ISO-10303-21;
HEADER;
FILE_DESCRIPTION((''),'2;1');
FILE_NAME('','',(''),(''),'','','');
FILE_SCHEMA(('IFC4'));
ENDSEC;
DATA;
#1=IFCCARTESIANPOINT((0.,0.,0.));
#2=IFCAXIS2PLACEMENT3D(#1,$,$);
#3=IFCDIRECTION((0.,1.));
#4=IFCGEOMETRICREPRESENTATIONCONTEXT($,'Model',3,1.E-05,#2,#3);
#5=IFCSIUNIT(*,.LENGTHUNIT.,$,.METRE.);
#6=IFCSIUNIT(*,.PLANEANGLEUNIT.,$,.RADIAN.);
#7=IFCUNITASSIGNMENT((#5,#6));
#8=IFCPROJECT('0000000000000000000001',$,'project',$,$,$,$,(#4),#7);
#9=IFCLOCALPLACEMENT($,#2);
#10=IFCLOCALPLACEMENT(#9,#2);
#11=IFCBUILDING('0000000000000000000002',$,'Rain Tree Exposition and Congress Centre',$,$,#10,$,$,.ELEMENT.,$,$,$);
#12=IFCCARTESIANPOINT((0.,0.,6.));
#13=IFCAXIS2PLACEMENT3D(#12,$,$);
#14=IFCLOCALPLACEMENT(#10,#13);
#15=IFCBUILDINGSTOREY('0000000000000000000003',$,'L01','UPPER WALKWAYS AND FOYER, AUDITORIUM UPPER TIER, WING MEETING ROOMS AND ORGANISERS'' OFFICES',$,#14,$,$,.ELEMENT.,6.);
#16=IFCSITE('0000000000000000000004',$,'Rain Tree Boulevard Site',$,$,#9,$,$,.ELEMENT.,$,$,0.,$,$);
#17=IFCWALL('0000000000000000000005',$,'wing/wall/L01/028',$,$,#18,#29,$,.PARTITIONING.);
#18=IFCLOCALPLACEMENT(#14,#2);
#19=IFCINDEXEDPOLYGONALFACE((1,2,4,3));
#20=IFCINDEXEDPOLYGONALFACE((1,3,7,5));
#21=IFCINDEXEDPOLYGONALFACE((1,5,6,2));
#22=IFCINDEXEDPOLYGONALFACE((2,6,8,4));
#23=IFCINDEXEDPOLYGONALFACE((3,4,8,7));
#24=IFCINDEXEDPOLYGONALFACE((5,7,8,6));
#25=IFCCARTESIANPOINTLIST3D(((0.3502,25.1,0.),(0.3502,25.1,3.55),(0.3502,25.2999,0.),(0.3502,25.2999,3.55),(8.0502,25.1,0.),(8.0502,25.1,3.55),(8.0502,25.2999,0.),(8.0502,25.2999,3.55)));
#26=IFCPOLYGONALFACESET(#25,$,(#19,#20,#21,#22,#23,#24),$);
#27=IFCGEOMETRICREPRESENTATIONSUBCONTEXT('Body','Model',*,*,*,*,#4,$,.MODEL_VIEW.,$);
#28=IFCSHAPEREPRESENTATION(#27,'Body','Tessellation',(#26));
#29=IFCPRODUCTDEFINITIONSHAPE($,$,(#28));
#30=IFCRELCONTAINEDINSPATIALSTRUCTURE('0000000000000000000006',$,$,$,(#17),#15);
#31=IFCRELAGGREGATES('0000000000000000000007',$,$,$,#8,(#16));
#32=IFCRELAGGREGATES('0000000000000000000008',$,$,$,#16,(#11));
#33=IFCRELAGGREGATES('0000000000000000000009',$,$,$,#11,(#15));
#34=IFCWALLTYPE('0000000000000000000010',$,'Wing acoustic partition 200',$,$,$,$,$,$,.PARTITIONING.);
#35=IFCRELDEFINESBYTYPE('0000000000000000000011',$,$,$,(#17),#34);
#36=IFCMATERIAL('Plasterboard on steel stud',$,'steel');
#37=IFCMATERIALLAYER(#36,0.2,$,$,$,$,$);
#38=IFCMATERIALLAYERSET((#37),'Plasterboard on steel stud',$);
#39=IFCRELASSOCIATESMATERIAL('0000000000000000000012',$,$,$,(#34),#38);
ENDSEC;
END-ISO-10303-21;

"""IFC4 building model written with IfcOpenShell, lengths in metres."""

from ifc_helpers import new_model, si_unit, direction, frame, frame_2d, origin, place, context, subcontext, project, spatial, rectangle, extrude, material, layer, layer_set, type_object, element, save


model = new_model("IFC4")

# Units and contexts
model_context = context("Model", 3, precision=1e-05, world=origin(), true_north=direction((0.0, 1.0)))
body_context = subcontext(model_context, "Body", "Model", "MODEL_VIEW")
ifc_project = project(units=[si_unit("LENGTHUNIT", "METRE"), si_unit("PLANEANGLEUNIT", "RADIAN")], contexts=[model_context])

# Site, building, storey
site_placement = place(None, origin())
site = spatial("IfcSite", under=ifc_project, at=site_placement, Name="Rain Tree Boulevard Site", CompositionType="ELEMENT", RefElevation=0.0)
building_placement = place(site_placement, origin())
building = spatial("IfcBuilding", under=site, at=building_placement, Name="Rain Tree Exposition and Congress Centre", CompositionType="ELEMENT")
storey_placement = place(building_placement, frame((0.0, 0.0, 6.0)))
storey = spatial("IfcBuildingStorey", under=building, at=storey_placement, Name="L01", Description="UPPER WALKWAYS AND FOYER, AUDITORIUM UPPER TIER, WING MEETING ROOMS AND ORGANISERS' OFFICES", CompositionType="ELEMENT", Elevation=6.0)

# Wall
ifc_material_1 = material(Name="Plasterboard on steel stud", Category="steel")
ifc_layer_1 = layer(ifc_material_1, 0.2)
ifc_layer_set_1 = layer_set([ifc_layer_1], Name="Plasterboard on steel stud")
wall_type = type_object("IfcWallType", Name="Wing acoustic partition 200", PredefinedType="PARTITIONING", material=ifc_layer_set_1)
wall_1_placement = place(storey_placement, frame((0.3501, 25.2, 0.0), z_axis=(0.0, 0.0, 1.0), x_axis=(1.0, 0.0, 0.0)))
element("IfcWall", 1, at=wall_1_placement, inside=storey, type_object=wall_type, Name="wing/wall/L01/028", PredefinedType="PARTITIONING", context=body_context, shape_type="SweptSolid", body=[
    extrude(rectangle(XDim=7.7, YDim=0.2, at=frame_2d((3.8501, 0.0))), origin(), (0.0, 0.0, 1.0), 3.55),
])

save(model, "model.ifc")
